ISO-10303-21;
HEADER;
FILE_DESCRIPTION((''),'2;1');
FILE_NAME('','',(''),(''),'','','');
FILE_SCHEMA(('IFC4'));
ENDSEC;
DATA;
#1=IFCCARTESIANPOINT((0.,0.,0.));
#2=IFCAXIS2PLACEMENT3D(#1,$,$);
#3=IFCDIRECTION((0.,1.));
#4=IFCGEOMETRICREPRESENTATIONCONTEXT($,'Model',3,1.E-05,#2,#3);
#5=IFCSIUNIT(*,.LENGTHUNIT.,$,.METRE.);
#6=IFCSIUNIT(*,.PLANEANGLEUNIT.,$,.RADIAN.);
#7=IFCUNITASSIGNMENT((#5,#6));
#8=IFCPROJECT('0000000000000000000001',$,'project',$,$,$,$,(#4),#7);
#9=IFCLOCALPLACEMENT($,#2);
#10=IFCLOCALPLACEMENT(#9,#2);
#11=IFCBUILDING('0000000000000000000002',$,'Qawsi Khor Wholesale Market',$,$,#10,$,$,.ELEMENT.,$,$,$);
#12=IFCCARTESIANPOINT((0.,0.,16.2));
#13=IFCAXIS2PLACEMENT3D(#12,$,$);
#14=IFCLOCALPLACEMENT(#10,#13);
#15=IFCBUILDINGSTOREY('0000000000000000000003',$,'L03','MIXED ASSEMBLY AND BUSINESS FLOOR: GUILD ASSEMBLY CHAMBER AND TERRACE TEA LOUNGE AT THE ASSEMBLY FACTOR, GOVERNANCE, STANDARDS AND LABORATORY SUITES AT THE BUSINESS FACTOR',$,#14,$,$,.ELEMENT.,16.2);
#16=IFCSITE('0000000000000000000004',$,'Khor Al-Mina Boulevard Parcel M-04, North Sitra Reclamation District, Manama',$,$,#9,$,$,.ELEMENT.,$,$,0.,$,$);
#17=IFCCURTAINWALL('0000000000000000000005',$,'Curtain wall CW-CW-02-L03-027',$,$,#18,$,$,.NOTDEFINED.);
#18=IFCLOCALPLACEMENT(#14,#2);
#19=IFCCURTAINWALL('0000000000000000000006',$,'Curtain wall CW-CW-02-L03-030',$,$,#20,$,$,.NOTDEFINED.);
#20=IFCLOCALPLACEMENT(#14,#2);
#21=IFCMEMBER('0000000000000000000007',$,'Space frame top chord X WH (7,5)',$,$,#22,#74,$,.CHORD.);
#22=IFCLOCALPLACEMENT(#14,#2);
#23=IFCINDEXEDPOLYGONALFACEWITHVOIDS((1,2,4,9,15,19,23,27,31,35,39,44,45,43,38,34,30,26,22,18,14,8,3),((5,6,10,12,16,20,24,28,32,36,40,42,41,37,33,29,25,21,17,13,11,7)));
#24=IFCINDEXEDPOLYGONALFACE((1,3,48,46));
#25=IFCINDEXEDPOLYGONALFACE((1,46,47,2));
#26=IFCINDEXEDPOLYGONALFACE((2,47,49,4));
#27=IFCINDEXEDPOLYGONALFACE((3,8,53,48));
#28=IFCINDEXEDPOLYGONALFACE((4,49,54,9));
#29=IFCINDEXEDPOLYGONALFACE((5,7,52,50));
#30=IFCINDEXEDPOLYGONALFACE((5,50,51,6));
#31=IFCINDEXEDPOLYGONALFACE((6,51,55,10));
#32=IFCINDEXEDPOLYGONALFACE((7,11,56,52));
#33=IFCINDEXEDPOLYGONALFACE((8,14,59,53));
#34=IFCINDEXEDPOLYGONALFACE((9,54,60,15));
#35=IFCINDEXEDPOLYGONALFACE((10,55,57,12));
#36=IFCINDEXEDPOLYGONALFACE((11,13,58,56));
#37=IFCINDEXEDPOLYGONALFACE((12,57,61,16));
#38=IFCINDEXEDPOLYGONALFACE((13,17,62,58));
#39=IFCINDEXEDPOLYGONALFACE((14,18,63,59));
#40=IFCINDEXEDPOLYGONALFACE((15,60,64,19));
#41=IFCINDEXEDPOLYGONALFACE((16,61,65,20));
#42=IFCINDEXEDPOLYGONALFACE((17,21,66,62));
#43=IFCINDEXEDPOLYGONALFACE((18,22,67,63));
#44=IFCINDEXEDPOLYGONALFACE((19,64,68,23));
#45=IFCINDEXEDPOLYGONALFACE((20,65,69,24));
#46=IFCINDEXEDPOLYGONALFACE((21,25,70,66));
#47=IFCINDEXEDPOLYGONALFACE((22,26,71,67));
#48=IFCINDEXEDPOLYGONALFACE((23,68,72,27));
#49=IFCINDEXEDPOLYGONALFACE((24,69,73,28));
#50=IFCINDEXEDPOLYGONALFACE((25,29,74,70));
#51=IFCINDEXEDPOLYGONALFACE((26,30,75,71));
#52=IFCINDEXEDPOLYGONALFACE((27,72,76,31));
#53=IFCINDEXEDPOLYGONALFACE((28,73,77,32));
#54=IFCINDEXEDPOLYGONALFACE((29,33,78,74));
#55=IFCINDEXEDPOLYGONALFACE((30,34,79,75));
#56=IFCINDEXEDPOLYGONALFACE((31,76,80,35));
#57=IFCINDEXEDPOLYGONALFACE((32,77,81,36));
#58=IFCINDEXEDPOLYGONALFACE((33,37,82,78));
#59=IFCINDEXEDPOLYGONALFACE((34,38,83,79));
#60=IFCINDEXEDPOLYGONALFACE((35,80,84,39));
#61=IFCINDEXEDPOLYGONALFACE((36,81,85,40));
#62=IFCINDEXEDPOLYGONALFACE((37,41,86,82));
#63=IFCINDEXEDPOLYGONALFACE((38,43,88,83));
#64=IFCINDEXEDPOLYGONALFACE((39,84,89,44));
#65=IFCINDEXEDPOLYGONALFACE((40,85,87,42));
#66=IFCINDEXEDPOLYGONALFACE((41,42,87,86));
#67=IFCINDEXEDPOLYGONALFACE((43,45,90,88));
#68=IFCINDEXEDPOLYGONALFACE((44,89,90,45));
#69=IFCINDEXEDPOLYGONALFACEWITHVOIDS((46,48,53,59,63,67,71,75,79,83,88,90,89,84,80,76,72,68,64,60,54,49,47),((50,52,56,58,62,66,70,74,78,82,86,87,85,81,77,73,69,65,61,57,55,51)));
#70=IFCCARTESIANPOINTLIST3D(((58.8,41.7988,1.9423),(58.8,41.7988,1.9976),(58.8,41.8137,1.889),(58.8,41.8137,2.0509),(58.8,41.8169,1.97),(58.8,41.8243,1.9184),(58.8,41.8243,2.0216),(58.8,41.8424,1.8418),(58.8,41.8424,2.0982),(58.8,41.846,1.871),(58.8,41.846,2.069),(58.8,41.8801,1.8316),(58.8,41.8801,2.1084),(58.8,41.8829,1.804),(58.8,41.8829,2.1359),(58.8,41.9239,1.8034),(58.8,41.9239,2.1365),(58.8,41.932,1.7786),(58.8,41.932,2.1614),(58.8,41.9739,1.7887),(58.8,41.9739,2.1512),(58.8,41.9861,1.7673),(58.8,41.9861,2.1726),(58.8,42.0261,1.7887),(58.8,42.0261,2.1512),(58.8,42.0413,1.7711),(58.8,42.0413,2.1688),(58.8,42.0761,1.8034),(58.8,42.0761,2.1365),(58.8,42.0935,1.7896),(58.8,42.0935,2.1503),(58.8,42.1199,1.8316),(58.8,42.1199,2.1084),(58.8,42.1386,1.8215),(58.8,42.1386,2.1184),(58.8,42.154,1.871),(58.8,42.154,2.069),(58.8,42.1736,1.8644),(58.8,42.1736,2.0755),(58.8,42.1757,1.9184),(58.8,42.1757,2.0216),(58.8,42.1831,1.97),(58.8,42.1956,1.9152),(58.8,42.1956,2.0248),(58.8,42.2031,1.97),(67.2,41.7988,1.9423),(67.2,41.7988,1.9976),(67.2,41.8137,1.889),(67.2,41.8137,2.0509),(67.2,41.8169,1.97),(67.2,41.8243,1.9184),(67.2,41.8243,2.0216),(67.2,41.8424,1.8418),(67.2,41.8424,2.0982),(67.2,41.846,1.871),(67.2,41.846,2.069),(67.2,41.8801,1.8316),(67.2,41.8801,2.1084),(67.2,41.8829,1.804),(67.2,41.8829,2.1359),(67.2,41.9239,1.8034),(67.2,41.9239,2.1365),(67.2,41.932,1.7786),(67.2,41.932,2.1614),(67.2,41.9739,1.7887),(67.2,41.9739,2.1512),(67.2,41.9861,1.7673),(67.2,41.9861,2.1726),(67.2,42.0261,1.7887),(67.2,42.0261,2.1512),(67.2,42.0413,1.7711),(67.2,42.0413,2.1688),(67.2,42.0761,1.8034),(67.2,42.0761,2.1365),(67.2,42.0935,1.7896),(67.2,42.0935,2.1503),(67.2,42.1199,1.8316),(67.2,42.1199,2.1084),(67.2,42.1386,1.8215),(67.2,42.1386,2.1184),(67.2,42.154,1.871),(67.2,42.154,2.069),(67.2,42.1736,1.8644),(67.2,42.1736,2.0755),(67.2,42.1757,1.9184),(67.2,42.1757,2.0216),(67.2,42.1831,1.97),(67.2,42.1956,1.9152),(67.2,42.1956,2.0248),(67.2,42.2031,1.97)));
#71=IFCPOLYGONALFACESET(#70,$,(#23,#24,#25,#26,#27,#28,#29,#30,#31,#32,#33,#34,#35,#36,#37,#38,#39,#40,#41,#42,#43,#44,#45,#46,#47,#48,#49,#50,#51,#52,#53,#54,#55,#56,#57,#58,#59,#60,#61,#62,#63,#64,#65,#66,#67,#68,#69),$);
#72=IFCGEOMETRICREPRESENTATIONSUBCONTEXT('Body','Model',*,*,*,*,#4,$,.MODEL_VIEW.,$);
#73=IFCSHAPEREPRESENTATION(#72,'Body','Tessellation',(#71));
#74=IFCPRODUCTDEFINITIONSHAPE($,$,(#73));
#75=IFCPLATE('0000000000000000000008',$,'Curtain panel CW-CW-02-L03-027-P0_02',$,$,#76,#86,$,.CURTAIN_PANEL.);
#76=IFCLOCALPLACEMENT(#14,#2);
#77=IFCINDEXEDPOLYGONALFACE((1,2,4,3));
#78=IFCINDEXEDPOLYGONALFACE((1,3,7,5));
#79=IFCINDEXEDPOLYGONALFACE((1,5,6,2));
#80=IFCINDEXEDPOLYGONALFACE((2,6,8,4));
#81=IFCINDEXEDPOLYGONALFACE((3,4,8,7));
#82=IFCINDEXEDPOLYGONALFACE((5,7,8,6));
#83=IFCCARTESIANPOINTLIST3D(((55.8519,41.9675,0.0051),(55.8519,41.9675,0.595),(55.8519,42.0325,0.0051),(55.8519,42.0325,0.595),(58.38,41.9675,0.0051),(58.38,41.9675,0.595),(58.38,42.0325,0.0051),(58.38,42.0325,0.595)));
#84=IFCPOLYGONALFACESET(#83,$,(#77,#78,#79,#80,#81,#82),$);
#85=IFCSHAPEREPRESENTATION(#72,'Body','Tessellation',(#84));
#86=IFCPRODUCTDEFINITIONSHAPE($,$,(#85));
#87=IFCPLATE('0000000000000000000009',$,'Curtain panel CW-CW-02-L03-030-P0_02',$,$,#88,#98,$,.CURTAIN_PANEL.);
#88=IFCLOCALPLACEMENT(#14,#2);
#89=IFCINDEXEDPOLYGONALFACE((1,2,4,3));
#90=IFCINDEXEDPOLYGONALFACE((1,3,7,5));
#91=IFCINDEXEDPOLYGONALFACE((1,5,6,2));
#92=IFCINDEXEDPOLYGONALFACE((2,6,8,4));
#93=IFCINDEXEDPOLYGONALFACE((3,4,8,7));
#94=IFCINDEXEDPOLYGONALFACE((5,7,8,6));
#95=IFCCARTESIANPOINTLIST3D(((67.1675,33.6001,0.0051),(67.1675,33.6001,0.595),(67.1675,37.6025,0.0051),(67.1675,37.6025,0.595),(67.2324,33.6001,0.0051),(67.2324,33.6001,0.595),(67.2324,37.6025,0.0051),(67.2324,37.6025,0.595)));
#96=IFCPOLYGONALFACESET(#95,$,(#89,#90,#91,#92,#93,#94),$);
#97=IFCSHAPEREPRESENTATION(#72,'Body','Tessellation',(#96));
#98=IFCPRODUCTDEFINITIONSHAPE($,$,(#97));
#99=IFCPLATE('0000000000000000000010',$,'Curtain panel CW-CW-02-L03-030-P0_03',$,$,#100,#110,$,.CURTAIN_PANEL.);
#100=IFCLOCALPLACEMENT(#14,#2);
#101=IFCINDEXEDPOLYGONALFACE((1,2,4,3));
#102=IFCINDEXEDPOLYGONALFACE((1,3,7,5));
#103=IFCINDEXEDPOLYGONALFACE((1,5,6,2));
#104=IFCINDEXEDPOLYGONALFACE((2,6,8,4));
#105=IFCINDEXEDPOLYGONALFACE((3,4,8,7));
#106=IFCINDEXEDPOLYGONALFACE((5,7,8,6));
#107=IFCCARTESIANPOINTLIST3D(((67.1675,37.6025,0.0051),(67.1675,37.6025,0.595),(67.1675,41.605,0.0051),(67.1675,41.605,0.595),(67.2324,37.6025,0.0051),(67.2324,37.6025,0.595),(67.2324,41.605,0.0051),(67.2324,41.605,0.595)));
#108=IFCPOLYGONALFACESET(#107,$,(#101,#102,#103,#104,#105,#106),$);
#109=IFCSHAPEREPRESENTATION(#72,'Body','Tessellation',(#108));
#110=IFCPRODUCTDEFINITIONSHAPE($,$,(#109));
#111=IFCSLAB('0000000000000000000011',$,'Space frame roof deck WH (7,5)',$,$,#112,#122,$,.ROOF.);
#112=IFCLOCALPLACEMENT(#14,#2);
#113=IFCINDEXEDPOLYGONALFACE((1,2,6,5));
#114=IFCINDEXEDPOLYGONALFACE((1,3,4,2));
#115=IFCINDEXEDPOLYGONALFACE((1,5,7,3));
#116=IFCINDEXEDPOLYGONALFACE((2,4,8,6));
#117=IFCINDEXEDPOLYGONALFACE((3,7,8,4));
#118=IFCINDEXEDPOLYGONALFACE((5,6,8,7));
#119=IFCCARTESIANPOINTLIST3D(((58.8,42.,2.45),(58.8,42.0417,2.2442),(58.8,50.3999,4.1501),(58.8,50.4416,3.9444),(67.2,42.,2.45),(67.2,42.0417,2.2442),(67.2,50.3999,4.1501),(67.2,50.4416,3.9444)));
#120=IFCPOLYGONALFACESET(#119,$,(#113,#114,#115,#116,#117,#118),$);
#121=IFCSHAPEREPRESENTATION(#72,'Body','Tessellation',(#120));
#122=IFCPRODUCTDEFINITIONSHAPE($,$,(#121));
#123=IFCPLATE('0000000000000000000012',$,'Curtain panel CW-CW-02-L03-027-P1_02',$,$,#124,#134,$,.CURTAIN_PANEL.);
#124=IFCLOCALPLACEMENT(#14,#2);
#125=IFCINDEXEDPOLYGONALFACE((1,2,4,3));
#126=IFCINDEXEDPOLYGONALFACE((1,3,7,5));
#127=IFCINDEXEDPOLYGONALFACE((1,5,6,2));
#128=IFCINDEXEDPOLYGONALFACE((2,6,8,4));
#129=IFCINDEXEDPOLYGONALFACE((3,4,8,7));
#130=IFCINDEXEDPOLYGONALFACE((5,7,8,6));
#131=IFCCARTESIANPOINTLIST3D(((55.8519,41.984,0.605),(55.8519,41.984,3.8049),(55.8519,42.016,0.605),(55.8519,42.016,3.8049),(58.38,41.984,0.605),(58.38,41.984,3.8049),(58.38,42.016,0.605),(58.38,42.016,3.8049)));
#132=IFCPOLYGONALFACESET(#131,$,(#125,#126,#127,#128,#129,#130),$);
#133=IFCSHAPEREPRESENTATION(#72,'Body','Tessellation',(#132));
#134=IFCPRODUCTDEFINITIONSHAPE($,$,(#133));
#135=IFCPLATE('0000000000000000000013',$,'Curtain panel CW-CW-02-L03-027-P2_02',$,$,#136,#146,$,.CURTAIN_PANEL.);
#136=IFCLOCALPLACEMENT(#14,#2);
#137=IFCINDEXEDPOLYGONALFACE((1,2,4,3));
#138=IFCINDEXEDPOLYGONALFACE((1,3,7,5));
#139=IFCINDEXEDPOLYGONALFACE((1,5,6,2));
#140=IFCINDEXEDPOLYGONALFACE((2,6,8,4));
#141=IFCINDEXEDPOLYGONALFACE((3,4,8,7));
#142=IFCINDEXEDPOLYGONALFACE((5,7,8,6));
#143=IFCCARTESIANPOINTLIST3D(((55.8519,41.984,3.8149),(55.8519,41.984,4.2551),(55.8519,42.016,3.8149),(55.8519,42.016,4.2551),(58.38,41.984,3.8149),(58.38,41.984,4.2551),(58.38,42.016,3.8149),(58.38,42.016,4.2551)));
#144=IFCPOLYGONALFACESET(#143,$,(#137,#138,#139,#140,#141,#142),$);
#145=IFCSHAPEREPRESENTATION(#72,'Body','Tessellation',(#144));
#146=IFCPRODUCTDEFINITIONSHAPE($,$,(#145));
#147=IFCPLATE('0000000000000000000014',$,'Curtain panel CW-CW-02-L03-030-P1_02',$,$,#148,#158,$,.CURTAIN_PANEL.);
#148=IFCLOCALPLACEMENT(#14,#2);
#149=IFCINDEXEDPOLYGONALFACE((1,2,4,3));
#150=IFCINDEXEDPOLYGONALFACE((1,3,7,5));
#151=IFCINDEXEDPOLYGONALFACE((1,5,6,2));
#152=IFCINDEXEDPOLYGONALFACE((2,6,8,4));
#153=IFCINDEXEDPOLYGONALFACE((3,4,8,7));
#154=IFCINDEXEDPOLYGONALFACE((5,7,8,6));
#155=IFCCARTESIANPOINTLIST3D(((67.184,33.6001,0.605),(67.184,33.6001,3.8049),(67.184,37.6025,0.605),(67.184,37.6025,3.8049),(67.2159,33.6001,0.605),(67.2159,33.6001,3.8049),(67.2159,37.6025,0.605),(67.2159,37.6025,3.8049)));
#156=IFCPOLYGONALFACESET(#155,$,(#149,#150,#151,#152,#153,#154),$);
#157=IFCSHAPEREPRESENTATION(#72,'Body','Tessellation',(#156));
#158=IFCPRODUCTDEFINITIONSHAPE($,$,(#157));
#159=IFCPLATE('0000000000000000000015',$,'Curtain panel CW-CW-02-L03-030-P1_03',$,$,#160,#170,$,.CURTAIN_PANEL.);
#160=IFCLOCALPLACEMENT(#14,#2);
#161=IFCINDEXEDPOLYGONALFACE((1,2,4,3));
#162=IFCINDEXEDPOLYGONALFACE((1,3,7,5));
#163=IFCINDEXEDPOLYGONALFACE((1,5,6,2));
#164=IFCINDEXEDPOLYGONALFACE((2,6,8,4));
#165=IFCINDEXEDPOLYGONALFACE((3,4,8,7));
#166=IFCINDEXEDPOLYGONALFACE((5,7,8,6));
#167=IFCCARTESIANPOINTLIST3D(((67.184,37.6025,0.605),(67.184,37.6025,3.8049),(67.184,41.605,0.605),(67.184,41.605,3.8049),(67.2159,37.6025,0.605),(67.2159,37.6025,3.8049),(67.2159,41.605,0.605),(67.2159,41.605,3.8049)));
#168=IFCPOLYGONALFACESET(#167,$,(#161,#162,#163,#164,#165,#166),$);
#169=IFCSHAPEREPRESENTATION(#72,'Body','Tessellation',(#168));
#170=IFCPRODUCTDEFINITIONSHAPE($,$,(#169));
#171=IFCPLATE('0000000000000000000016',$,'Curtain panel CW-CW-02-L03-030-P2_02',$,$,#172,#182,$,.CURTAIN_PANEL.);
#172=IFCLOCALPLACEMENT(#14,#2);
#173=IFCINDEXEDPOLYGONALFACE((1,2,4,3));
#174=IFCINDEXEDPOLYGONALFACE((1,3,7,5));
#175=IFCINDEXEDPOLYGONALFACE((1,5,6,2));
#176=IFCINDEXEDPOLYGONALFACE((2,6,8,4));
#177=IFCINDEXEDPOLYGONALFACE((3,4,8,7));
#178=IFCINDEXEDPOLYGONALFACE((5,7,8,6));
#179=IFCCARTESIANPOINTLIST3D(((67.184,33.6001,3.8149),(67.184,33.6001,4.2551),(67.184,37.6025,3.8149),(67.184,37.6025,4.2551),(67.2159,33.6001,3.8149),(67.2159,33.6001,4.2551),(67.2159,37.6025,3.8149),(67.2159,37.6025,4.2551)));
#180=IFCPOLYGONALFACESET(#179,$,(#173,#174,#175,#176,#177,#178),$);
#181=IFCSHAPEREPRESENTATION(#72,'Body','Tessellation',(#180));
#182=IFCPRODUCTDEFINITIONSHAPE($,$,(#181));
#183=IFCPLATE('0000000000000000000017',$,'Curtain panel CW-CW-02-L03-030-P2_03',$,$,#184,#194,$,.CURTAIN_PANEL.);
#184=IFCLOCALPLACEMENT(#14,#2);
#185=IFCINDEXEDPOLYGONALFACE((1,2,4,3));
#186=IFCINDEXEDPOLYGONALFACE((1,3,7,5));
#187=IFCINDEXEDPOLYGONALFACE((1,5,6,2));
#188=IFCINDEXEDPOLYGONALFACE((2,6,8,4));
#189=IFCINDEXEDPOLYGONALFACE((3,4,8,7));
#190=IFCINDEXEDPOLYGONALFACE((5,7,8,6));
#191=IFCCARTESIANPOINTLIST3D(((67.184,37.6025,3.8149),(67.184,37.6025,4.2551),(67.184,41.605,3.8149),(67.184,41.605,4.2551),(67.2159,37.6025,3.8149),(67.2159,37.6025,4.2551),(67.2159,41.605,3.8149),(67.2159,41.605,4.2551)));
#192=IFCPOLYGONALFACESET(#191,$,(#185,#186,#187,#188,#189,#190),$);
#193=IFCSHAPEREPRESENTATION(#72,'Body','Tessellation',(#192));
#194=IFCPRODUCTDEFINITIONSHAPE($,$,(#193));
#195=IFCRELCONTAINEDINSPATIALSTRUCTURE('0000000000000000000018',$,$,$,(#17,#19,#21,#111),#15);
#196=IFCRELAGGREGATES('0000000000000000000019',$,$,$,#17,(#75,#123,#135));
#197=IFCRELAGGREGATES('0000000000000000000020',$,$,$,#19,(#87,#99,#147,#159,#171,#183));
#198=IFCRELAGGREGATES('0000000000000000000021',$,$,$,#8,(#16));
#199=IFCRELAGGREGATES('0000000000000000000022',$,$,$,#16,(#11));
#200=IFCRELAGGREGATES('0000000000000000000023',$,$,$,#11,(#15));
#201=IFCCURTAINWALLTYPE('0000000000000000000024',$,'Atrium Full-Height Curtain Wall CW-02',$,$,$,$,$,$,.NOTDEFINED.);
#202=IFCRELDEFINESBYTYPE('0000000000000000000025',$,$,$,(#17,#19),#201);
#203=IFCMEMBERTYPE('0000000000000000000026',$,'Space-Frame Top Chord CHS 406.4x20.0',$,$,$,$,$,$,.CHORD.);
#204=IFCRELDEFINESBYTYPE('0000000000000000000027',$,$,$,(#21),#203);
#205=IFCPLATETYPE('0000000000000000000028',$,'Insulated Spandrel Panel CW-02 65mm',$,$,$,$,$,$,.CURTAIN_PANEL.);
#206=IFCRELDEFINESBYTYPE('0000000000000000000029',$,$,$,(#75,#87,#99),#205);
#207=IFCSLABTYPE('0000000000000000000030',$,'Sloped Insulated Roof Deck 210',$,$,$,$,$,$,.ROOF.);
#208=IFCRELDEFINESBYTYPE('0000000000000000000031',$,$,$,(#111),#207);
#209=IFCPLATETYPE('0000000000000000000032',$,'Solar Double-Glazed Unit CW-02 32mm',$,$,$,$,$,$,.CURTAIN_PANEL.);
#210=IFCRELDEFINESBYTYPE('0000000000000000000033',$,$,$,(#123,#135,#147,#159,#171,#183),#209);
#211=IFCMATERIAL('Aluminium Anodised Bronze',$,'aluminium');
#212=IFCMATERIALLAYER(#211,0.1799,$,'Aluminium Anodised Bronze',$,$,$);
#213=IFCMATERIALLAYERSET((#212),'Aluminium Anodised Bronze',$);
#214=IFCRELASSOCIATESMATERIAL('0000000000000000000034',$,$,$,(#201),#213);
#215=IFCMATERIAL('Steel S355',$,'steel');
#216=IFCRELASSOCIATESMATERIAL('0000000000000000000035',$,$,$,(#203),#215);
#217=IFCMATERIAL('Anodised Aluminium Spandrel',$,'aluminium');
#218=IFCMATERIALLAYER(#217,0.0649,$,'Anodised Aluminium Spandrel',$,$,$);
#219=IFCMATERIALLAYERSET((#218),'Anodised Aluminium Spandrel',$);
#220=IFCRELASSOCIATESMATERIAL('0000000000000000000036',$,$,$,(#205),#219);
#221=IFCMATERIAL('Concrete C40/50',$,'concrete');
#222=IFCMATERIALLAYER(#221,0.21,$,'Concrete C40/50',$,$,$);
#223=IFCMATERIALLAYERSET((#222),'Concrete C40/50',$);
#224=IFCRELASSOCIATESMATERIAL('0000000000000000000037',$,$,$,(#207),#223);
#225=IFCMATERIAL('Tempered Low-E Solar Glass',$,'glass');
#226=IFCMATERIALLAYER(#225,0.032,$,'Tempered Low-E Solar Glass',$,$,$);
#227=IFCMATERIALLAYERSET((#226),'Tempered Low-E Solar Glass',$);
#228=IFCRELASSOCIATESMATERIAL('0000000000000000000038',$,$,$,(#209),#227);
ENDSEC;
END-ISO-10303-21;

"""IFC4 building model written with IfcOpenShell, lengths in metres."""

from ifc_helpers import new_model, si_unit, direction, frame, frame_2d, origin, origin_2d, place, context, subcontext, project, spatial, polyline, rectangle, hollow_circle, outline, extrude, material, layer, layer_set, material_profile, profile_set, type_object, element, aggregate, save


model = new_model("IFC4")

# Units and contexts
model_context = context("Model", 3, precision=1e-05, world=origin(), true_north=direction((0.0, 1.0)))
body_context = subcontext(model_context, "Body", "Model", "MODEL_VIEW")
ifc_project = project(units=[si_unit("LENGTHUNIT", "METRE"), si_unit("PLANEANGLEUNIT", "RADIAN")], contexts=[model_context])

# Site, building, storey
site_placement = place(None, origin())
site = spatial("IfcSite", under=ifc_project, at=site_placement, Name="Khor Al-Mina Boulevard Parcel M-04, North Sitra Reclamation District, Manama", CompositionType="ELEMENT", RefElevation=0.0)
building_placement = place(site_placement, origin())
building = spatial("IfcBuilding", under=site, at=building_placement, Name="Qawsi Khor Wholesale Market", CompositionType="ELEMENT")
storey_placement = place(building_placement, frame((0.0, 0.0, 16.2)))
storey = spatial("IfcBuildingStorey", under=building, at=storey_placement, Name="L03", Description="MIXED ASSEMBLY AND BUSINESS FLOOR: GUILD ASSEMBLY CHAMBER AND TERRACE TEA LOUNGE AT THE ASSEMBLY FACTOR, GOVERNANCE, STANDARDS AND LABORATORY SUITES AT THE BUSINESS FACTOR", CompositionType="ELEMENT", Elevation=16.2)

# Curtain wall
ifc_material_1 = material(Name="Aluminium Anodised Bronze", Category="aluminium")
ifc_layer_1 = layer(ifc_material_1, 0.1799, Name="Aluminium Anodised Bronze")
ifc_layer_set_1 = layer_set([ifc_layer_1], Name="Aluminium Anodised Bronze")
curtain_wall_type = type_object("IfcCurtainWallType", Name="Atrium Full-Height Curtain Wall CW-02", PredefinedType="NOTDEFINED", material=ifc_layer_set_1)
curtain_wall_1_placement = place(storey_placement, origin())
curtain_wall_1 = element("IfcCurtainWall", 1, at=curtain_wall_1_placement, inside=storey, type_object=curtain_wall_type, Name="Curtain wall CW-CW-02-L03-027", PredefinedType="NOTDEFINED")

# Curtain wall
curtain_wall_2_placement = place(storey_placement, origin())
curtain_wall_2 = element("IfcCurtainWall", 2, at=curtain_wall_2_placement, inside=storey, type_object=curtain_wall_type, Name="Curtain wall CW-CW-02-L03-030", PredefinedType="NOTDEFINED")

# Member
ifc_material_2 = material(Name="Steel S355", Category="steel")
ifc_material_profile_1 = material_profile(ifc_material_2, hollow_circle(Radius=0.2031, WallThickness=0.02, at=origin_2d()), Name="CHS 406.4x20.0")
ifc_profile_set_1 = profile_set([ifc_material_profile_1], Name="Steel S355")
member_type_1 = type_object("IfcMemberType", Name="Space-Frame Top Chord CHS 406.4x20.0", PredefinedType="CHORD", material=ifc_profile_set_1)
member_1_placement = place(storey_placement, frame((58.8, 42.0, 1.97), z_axis=(1.0, 0.0, 0.0), x_axis=(0.0, 1.0, 0.0)))
element("IfcMember", 3, at=member_1_placement, inside=storey, type_object=member_type_1, Name="Space frame top chord X WH (7,5)", PredefinedType="CHORD", context=body_context, shape_type="SweptSolid", body=[
    extrude(hollow_circle(Radius=0.2031, WallThickness=0.02, at=origin_2d()), origin(), (0.0, 0.0, 1.0), 8.3999),
])

# Plates
ifc_material_3 = material(Name="Anodised Aluminium Spandrel", Category="aluminium")
ifc_layer_2 = layer(ifc_material_3, 0.0649, Name="Anodised Aluminium Spandrel")
ifc_layer_set_2 = layer_set([ifc_layer_2], Name="Anodised Aluminium Spandrel")
plate_type_1 = type_object("IfcPlateType", Name="Insulated Spandrel Panel CW-02 65mm", PredefinedType="CURTAIN_PANEL", material=ifc_layer_set_2)
plate_1_placement = place(storey_placement, frame((55.8518, 42.0, 0.0051), z_axis=(0.0, 0.0, 1.0), x_axis=(1.0, 0.0, 0.0)))
plate_1 = element("IfcPlate", 4, at=plate_1_placement, type_object=plate_type_1, Name="Curtain panel CW-CW-02-L03-027-P0_02", PredefinedType="CURTAIN_PANEL", context=body_context, shape_type="SweptSolid", body=[
    extrude(rectangle(XDim=2.5281, YDim=0.0649, at=frame_2d((1.2642, 0.0))), origin(), (0.0, 0.0, 1.0), 0.5898),
])
plate_2_placement = place(storey_placement, frame((67.2, 33.6001, 0.0051), z_axis=(0.0, 0.0, 1.0), x_axis=(0.0, 1.0, 0.0)))
plate_2 = element("IfcPlate", 5, at=plate_2_placement, type_object=plate_type_1, Name="Curtain panel CW-CW-02-L03-030-P0_02", PredefinedType="CURTAIN_PANEL", context=body_context, shape_type="SweptSolid", body=[
    extrude(rectangle(XDim=4.0024, YDim=0.0649, at=frame_2d((2.0012, 0.0))), origin(), (0.0, 0.0, 1.0), 0.5898),
])
plate_3_placement = place(storey_placement, frame((67.2, 37.6025, 0.0051), z_axis=(0.0, 0.0, 1.0), x_axis=(0.0, 1.0, 0.0)))
plate_3 = element("IfcPlate", 6, at=plate_3_placement, type_object=plate_type_1, Name="Curtain panel CW-CW-02-L03-030-P0_03", PredefinedType="CURTAIN_PANEL", context=body_context, shape_type="SweptSolid", body=[
    extrude(rectangle(XDim=4.0024, YDim=0.0649, at=frame_2d((2.0012, 0.0))), origin(), (0.0, 0.0, 1.0), 0.5898),
])

# Slab
ifc_material_4 = material(Name="Concrete C40/50", Category="concrete")
ifc_layer_3 = layer(ifc_material_4, 0.21, Name="Concrete C40/50")
ifc_layer_set_3 = layer_set([ifc_layer_3], Name="Concrete C40/50")
slab_type = type_object("IfcSlabType", Name="Sloped Insulated Roof Deck 210", PredefinedType="ROOF", material=ifc_layer_set_3)
slab_placement = place(storey_placement, frame((58.8, 42.0, 2.45), z_axis=(0.0, -0.198384, 0.980124), x_axis=(1.0, 0.0, 0.0)))
element("IfcSlab", 7, at=slab_placement, inside=storey, type_object=slab_type, Name="Space frame roof deck WH (7,5)", PredefinedType="ROOF", context=body_context, shape_type="SweptSolid", body=[
    extrude(outline(polyline([(0.0, 0.0), (8.3999, 0.0), (8.3999, 8.5702), (0.0, 8.5702), (0.0, 0.0)])), origin(), (0.0, 0.0, -1.0), 0.21),
])

# Plates
ifc_material_5 = material(Name="Tempered Low-E Solar Glass", Category="glass")
ifc_layer_4 = layer(ifc_material_5, 0.032, Name="Tempered Low-E Solar Glass")
ifc_layer_set_4 = layer_set([ifc_layer_4], Name="Tempered Low-E Solar Glass")
plate_type_2 = type_object("IfcPlateType", Name="Solar Double-Glazed Unit CW-02 32mm", PredefinedType="CURTAIN_PANEL", material=ifc_layer_set_4)
plate_4_placement = place(storey_placement, frame((55.8518, 42.0, 0.605), z_axis=(0.0, 0.0, 1.0), x_axis=(1.0, 0.0, 0.0)))
plate_4 = element("IfcPlate", 8, at=plate_4_placement, type_object=plate_type_2, Name="Curtain panel CW-CW-02-L03-027-P1_02", PredefinedType="CURTAIN_PANEL", context=body_context, shape_type="SweptSolid", body=[
    extrude(rectangle(XDim=2.5281, YDim=0.032, at=frame_2d((1.2642, 0.0))), origin(), (0.0, 0.0, 1.0), 3.2),
])
plate_5_placement = place(storey_placement, frame((55.8518, 42.0, 3.8149), z_axis=(0.0, 0.0, 1.0), x_axis=(1.0, 0.0, 0.0)))
plate_5 = element("IfcPlate", 9, at=plate_5_placement, type_object=plate_type_2, Name="Curtain panel CW-CW-02-L03-027-P2_02", PredefinedType="CURTAIN_PANEL", context=body_context, shape_type="SweptSolid", body=[
    extrude(rectangle(XDim=2.5281, YDim=0.032, at=frame_2d((1.2642, 0.0))), origin(), (0.0, 0.0, 1.0), 0.4402),
])
aggregate(curtain_wall_1, [plate_1, plate_4, plate_5])
plate_6_placement = place(storey_placement, frame((67.2, 33.6001, 0.605), z_axis=(0.0, 0.0, 1.0), x_axis=(0.0, 1.0, 0.0)))
plate_6 = element("IfcPlate", 10, at=plate_6_placement, type_object=plate_type_2, Name="Curtain panel CW-CW-02-L03-030-P1_02", PredefinedType="CURTAIN_PANEL", context=body_context, shape_type="SweptSolid", body=[
    extrude(rectangle(XDim=4.0024, YDim=0.032, at=frame_2d((2.0012, 0.0))), origin(), (0.0, 0.0, 1.0), 3.2),
])
plate_7_placement = place(storey_placement, frame((67.2, 37.6025, 0.605), z_axis=(0.0, 0.0, 1.0), x_axis=(0.0, 1.0, 0.0)))
plate_7 = element("IfcPlate", 11, at=plate_7_placement, type_object=plate_type_2, Name="Curtain panel CW-CW-02-L03-030-P1_03", PredefinedType="CURTAIN_PANEL", context=body_context, shape_type="SweptSolid", body=[
    extrude(rectangle(XDim=4.0024, YDim=0.032, at=frame_2d((2.0012, 0.0))), origin(), (0.0, 0.0, 1.0), 3.2),
])
plate_8_placement = place(storey_placement, frame((67.2, 33.6001, 3.8149), z_axis=(0.0, 0.0, 1.0), x_axis=(0.0, 1.0, 0.0)))
plate_8 = element("IfcPlate", 12, at=plate_8_placement, type_object=plate_type_2, Name="Curtain panel CW-CW-02-L03-030-P2_02", PredefinedType="CURTAIN_PANEL", context=body_context, shape_type="SweptSolid", body=[
    extrude(rectangle(XDim=4.0024, YDim=0.032, at=frame_2d((2.0012, 0.0))), origin(), (0.0, 0.0, 1.0), 0.4402),
])
plate_9_placement = place(storey_placement, frame((67.2, 37.6025, 3.8149), z_axis=(0.0, 0.0, 1.0), x_axis=(0.0, 1.0, 0.0)))
plate_9 = element("IfcPlate", 13, at=plate_9_placement, type_object=plate_type_2, Name="Curtain panel CW-CW-02-L03-030-P2_03", PredefinedType="CURTAIN_PANEL", context=body_context, shape_type="SweptSolid", body=[
    extrude(rectangle(XDim=4.0024, YDim=0.032, at=frame_2d((2.0012, 0.0))), origin(), (0.0, 0.0, 1.0), 0.4402),
])
aggregate(curtain_wall_2, [plate_2, plate_3, plate_6, plate_7, plate_8, plate_9])

save(model, "model.ifc")
